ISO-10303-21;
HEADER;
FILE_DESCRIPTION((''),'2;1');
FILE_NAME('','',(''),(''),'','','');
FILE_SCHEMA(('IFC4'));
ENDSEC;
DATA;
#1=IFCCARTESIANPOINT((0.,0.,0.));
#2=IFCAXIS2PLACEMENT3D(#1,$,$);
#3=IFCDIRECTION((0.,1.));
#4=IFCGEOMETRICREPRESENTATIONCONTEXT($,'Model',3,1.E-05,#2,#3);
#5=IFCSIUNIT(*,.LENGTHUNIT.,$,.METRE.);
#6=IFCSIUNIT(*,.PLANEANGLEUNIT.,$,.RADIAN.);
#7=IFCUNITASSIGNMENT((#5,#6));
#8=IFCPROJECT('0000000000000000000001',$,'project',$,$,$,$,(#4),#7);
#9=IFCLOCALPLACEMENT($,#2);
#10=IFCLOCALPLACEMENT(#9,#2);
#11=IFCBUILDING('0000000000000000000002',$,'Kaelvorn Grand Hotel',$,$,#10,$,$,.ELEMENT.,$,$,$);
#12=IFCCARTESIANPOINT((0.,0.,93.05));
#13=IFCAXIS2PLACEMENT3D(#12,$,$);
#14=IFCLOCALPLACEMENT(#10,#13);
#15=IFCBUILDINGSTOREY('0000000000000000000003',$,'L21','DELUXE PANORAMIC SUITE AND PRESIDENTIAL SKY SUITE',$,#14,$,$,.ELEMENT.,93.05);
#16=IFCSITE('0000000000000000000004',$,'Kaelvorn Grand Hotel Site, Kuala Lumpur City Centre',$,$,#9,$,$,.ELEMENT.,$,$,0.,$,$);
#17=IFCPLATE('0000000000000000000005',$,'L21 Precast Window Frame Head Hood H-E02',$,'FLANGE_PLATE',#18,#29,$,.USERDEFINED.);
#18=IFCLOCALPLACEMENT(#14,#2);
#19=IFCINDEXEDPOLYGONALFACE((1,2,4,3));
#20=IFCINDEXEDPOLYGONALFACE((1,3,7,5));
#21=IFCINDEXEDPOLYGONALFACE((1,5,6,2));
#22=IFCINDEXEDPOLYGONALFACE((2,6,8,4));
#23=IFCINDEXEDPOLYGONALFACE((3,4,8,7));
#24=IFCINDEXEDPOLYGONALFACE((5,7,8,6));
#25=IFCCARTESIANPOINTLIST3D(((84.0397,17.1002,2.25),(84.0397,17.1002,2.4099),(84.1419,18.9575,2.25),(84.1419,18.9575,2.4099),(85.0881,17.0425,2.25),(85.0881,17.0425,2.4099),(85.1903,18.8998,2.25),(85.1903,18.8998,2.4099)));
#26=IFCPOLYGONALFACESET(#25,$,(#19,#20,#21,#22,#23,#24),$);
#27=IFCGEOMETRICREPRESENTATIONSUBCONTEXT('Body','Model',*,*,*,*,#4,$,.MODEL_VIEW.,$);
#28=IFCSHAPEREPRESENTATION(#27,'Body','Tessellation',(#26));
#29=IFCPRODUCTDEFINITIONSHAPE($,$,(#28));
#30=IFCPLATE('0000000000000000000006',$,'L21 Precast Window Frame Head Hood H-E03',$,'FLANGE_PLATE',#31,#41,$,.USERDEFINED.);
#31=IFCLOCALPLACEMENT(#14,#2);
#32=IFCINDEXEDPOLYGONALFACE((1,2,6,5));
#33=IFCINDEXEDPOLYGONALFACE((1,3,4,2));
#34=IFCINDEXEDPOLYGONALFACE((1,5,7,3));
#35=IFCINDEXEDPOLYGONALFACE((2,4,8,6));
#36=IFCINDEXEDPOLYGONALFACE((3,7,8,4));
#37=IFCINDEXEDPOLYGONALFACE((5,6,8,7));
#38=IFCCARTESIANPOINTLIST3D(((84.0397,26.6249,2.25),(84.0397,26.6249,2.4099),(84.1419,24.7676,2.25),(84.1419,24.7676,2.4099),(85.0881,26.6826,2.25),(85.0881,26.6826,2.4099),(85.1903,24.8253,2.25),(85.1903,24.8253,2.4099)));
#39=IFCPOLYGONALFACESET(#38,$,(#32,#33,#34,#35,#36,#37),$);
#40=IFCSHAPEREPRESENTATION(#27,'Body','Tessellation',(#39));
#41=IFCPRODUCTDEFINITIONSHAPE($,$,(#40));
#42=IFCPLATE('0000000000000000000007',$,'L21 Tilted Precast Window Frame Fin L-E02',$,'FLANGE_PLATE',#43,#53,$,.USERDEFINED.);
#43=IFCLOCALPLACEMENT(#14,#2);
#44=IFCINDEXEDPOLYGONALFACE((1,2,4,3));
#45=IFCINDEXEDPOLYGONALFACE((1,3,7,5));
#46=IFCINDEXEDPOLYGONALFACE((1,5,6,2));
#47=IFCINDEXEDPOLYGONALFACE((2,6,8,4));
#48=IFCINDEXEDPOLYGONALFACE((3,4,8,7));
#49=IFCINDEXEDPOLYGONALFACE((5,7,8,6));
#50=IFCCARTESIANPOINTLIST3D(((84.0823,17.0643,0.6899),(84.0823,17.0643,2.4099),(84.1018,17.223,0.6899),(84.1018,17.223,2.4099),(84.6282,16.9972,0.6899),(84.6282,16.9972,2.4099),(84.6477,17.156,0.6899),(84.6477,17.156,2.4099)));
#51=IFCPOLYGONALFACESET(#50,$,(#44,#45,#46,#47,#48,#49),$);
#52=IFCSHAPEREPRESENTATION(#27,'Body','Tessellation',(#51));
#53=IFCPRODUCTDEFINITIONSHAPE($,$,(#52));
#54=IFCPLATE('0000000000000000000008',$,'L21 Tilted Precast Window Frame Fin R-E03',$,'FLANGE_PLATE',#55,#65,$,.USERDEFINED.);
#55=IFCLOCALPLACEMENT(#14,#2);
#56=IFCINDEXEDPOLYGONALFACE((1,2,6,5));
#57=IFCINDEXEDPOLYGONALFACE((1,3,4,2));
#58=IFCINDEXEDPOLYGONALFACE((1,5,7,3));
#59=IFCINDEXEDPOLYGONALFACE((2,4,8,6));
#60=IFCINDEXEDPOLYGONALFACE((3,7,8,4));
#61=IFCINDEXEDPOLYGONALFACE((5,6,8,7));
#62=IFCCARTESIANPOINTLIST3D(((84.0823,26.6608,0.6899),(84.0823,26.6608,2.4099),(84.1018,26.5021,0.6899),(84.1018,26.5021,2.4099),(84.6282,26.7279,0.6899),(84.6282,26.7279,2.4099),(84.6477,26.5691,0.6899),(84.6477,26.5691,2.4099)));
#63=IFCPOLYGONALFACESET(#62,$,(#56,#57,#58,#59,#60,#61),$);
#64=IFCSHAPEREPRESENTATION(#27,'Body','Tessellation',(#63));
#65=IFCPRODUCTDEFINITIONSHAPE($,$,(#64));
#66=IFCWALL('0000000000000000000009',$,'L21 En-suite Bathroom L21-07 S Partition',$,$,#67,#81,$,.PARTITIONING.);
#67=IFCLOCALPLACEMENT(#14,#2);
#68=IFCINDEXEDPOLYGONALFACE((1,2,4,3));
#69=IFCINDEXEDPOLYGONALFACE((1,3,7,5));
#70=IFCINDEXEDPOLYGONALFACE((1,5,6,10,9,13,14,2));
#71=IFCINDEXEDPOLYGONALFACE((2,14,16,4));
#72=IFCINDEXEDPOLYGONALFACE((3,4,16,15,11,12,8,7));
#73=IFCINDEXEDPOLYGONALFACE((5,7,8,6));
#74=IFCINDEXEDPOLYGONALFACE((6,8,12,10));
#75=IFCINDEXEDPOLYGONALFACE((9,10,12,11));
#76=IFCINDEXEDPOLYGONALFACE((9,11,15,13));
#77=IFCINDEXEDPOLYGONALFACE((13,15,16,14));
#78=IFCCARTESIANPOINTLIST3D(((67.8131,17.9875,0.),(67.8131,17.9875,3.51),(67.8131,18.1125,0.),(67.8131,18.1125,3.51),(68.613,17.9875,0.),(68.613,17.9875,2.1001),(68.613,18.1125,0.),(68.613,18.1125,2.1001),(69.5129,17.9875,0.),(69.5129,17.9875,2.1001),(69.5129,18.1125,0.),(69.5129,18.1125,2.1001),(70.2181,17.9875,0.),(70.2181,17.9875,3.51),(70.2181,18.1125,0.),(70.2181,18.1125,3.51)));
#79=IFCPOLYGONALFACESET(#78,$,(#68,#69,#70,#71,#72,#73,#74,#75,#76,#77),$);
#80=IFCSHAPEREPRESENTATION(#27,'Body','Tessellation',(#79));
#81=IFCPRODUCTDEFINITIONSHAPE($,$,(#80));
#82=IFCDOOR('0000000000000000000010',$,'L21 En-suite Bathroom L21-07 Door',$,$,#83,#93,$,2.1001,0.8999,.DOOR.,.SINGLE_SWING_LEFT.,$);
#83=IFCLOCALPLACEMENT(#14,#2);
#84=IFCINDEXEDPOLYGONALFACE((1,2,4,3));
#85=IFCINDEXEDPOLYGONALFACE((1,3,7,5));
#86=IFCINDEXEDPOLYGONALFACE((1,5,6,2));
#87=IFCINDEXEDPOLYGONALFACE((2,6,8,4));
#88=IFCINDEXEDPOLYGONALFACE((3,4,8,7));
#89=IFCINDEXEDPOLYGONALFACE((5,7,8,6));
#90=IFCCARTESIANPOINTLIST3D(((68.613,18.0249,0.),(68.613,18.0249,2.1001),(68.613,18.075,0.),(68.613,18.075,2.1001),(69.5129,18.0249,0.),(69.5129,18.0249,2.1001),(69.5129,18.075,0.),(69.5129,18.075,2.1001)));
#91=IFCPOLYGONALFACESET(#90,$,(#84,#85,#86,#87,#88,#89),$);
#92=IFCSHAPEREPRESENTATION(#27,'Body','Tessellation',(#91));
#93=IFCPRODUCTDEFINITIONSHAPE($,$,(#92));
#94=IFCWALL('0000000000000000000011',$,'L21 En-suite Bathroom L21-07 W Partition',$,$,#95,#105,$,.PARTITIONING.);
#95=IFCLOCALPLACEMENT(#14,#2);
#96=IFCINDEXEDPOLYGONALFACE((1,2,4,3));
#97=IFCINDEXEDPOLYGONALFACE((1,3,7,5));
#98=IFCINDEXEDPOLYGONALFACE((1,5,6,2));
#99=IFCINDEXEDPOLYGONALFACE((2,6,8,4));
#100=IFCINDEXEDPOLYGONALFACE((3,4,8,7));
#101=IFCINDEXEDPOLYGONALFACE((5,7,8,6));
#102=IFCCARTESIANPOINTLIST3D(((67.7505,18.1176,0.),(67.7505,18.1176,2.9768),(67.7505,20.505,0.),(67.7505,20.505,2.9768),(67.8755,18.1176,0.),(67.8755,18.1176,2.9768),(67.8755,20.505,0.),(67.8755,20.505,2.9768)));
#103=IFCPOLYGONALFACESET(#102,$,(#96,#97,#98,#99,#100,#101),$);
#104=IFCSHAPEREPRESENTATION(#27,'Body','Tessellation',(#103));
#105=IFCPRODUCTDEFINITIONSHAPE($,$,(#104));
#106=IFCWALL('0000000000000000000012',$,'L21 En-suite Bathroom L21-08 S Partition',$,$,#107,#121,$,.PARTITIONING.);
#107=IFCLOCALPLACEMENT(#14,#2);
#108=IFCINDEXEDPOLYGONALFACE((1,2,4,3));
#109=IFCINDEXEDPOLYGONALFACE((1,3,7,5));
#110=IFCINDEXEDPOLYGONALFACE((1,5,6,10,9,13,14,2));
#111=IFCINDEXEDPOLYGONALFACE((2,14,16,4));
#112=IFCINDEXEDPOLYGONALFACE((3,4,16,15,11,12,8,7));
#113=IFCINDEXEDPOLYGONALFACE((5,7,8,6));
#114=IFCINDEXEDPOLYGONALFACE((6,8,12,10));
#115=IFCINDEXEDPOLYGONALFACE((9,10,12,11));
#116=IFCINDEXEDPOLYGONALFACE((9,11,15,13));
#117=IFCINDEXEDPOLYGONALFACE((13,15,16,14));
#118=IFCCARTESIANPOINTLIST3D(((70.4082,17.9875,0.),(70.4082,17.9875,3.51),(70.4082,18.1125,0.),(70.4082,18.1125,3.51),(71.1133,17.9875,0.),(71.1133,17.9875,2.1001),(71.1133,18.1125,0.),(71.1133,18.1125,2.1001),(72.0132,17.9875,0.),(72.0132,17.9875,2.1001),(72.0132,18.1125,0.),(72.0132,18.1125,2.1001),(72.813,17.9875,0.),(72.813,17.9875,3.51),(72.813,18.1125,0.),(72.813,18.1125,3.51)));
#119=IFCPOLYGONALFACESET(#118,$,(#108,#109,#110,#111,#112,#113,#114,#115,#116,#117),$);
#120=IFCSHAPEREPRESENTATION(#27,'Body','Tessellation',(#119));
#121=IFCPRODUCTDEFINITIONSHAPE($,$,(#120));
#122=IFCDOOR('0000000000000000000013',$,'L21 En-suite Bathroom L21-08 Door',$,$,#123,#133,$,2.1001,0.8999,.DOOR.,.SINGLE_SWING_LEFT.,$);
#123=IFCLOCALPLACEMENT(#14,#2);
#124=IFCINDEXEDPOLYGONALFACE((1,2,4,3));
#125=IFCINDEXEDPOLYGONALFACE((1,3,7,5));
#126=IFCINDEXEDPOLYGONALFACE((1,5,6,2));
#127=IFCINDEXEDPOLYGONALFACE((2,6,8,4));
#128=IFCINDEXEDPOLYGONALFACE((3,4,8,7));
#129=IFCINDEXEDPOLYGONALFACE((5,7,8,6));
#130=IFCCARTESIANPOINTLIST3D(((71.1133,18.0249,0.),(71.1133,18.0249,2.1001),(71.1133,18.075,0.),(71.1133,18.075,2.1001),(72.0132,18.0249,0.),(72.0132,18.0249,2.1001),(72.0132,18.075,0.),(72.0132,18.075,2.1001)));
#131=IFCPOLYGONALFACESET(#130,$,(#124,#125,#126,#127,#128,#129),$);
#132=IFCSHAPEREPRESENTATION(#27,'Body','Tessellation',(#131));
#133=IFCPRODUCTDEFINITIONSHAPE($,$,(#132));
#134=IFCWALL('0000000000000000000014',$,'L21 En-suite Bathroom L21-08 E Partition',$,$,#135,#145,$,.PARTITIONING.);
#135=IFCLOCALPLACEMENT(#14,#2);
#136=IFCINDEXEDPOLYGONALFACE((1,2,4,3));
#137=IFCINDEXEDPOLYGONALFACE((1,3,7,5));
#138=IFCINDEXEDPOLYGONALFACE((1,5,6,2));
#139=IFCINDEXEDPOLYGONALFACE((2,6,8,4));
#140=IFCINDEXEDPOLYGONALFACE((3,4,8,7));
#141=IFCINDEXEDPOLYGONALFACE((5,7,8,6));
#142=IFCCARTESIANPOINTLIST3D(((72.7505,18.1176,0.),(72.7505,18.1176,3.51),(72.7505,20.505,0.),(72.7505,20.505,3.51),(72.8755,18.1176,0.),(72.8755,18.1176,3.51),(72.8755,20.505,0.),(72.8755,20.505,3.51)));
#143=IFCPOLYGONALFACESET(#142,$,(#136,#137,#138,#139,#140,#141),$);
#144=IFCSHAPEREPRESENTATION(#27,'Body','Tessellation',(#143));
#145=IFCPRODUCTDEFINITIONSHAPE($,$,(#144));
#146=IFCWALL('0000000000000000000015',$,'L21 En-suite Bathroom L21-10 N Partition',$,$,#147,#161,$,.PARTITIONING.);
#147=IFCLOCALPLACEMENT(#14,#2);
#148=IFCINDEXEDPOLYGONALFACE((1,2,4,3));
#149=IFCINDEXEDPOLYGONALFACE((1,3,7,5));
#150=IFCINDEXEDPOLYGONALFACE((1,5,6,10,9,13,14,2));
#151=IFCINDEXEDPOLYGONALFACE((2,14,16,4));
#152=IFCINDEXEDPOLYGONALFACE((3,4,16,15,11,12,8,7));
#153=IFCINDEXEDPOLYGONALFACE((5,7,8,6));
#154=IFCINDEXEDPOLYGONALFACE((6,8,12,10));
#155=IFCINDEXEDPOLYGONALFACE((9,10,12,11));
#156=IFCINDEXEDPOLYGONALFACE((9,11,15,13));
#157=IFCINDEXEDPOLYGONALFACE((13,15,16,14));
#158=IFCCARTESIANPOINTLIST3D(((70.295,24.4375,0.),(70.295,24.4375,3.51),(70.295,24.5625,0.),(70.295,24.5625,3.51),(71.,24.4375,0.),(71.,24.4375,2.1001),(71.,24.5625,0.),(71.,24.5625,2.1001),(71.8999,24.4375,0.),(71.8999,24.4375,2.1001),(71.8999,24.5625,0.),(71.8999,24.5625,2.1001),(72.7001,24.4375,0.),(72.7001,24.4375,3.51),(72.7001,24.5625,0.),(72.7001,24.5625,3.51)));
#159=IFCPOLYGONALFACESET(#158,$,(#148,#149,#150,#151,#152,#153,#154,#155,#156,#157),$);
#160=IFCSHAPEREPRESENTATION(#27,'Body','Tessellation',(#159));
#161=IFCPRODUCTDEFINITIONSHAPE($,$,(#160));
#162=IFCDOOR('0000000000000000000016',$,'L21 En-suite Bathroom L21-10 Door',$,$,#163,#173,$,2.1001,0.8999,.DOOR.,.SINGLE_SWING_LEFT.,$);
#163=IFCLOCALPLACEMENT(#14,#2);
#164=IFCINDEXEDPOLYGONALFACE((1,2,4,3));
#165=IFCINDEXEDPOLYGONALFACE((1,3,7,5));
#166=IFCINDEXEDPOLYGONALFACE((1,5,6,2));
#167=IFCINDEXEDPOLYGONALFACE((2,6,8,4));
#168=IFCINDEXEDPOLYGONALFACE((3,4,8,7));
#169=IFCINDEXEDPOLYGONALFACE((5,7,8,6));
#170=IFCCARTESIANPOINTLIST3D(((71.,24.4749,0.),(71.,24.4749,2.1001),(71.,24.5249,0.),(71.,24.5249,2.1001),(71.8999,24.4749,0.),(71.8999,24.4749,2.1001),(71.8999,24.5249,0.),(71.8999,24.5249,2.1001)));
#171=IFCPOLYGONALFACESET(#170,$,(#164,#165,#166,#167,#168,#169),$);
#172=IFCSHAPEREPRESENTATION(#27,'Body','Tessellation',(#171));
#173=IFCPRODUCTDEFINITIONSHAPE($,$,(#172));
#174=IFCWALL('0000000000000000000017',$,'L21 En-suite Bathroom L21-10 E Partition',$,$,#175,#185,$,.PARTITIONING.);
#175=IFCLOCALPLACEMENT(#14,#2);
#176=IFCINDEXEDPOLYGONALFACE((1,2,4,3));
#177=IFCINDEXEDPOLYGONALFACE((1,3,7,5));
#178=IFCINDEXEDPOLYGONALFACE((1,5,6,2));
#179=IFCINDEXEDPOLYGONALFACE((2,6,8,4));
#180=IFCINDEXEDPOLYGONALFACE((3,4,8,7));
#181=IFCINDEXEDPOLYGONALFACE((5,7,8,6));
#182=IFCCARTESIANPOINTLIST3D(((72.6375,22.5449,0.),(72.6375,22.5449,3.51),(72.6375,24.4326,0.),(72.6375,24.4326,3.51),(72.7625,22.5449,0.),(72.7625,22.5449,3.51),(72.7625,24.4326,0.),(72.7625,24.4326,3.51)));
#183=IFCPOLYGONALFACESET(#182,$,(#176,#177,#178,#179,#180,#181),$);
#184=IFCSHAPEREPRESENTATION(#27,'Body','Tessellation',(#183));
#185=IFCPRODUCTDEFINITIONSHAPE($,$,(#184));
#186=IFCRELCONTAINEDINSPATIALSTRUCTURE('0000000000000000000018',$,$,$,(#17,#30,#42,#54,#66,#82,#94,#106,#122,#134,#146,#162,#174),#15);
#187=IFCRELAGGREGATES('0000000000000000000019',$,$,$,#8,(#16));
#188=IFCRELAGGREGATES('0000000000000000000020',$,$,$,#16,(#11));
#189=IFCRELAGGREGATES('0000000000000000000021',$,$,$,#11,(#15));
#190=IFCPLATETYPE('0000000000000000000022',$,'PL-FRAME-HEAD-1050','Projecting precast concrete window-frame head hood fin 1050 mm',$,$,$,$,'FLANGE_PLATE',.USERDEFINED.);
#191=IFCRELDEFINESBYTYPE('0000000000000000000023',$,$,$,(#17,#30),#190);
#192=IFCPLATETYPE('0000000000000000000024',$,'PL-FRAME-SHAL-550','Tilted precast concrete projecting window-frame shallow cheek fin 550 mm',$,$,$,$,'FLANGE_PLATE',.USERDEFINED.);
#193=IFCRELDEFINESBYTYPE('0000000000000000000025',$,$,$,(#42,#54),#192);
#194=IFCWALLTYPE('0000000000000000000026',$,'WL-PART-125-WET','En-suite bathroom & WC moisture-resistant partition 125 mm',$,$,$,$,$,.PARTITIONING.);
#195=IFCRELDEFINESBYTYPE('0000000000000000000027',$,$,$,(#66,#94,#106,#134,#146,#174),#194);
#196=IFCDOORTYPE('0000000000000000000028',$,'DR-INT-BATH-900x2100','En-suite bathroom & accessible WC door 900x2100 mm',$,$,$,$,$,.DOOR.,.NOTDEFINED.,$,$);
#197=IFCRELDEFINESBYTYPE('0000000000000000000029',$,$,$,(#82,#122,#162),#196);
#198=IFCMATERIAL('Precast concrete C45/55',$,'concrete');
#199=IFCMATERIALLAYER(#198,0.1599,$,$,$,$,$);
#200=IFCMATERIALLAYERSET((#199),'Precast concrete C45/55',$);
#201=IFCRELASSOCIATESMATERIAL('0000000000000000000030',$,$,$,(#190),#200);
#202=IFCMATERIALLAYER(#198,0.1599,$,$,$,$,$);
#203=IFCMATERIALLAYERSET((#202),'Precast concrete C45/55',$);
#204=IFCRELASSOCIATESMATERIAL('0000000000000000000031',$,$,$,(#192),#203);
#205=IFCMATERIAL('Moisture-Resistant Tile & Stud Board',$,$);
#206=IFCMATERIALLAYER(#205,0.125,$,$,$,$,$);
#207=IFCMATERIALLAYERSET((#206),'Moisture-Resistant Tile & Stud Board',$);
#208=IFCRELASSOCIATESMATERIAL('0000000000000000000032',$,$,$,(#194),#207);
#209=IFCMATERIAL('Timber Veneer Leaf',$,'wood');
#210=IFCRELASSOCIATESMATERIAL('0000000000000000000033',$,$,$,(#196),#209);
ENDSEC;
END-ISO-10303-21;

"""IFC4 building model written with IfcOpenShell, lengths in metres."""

from ifc_helpers import new_model, si_unit, direction, frame, frame_2d, origin, origin_2d, place, context, subcontext, project, spatial, rectangle, extrude, material, layer, layer_set, type_object, element, fill, save


model = new_model("IFC4")

# Units and contexts
model_context = context("Model", 3, precision=1e-05, world=origin(), true_north=direction((0.0, 1.0)))
body_context = subcontext(model_context, "Body", "Model", "MODEL_VIEW")
ifc_project = project(units=[si_unit("LENGTHUNIT", "METRE"), si_unit("PLANEANGLEUNIT", "RADIAN")], contexts=[model_context])

# Site, building, storey
site_placement = place(None, origin())
site = spatial("IfcSite", under=ifc_project, at=site_placement, Name="Kaelvorn Grand Hotel Site, Kuala Lumpur City Centre", CompositionType="ELEMENT", RefElevation=0.0)
building_placement = place(site_placement, origin())
building = spatial("IfcBuilding", under=site, at=building_placement, Name="Kaelvorn Grand Hotel", CompositionType="ELEMENT")
storey_placement = place(building_placement, frame((0.0, 0.0, 93.05)))
storey = spatial("IfcBuildingStorey", under=building, at=storey_placement, Name="L21", Description="DELUXE PANORAMIC SUITE AND PRESIDENTIAL SKY SUITE", CompositionType="ELEMENT", Elevation=93.05)

# Plates
ifc_material_1 = material(Name="Precast concrete C45/55", Category="concrete")
ifc_layer_1 = layer(ifc_material_1, 0.1599)
ifc_layer_set_1 = layer_set([ifc_layer_1], Name="Precast concrete C45/55")
plate_type_1 = type_object("IfcPlateType", Name="PL-FRAME-HEAD-1050", Description="Projecting precast concrete window-frame head hood fin 1050 mm", ElementType="FLANGE_PLATE", PredefinedType="USERDEFINED", material=ifc_layer_set_1)
for number, where, z_axis, x_axis, name in (
    (1, (84.615, 18.0, 2.25), (0.0, 0.0, 1.0), (0.05495, 0.998489, 0.0), "L21 Precast Window Frame Head Hood H-E02"),
    (2, (84.615, 25.7251, 2.25), (0.0, 0.0, 1.0), (-0.05495, 0.998489, 0.0), "L21 Precast Window Frame Head Hood H-E03"),
):
    element("IfcPlate", number, at=place(storey_placement, frame(where, z_axis=z_axis, x_axis=x_axis)), inside=storey, type_object=plate_type_1, Name=name, ObjectType="FLANGE_PLATE", PredefinedType="USERDEFINED", context=body_context, shape_type="SweptSolid", body=[
        extrude(rectangle(XDim=1.8601, YDim=1.05, at=origin_2d()), origin(), (0.0, 0.0, 1.0), 0.1599),
    ])
ifc_layer_2 = layer(ifc_material_1, 0.1599)
ifc_layer_set_2 = layer_set([ifc_layer_2], Name="Precast concrete C45/55")
plate_type_2 = type_object("IfcPlateType", Name="PL-FRAME-SHAL-550", Description="Tilted precast concrete projecting window-frame shallow cheek fin 550 mm", ElementType="FLANGE_PLATE", PredefinedType="USERDEFINED", material=ifc_layer_set_2)
for number, where, z_axis, x_axis, name in (
    (3, (84.365, 17.1101, 0.6899), (0.0, 0.0, 1.0), (0.121869, 0.992546, 0.0), "L21 Tilted Precast Window Frame Fin L-E02"),
    (4, (84.365, 26.615, 0.6899), (0.0, 0.0, 1.0), (-0.121869, 0.992546, 0.0), "L21 Tilted Precast Window Frame Fin R-E03"),
):
    element("IfcPlate", number, at=place(storey_placement, frame(where, z_axis=z_axis, x_axis=x_axis)), inside=storey, type_object=plate_type_2, Name=name, ObjectType="FLANGE_PLATE", PredefinedType="USERDEFINED", context=body_context, shape_type="SweptSolid", body=[
        extrude(rectangle(XDim=0.1599, YDim=0.55, at=origin_2d()), origin(), (0.0, 0.0, 1.0), 1.72),
    ])

# Wall, opening, door
ifc_material_2 = material(Name="Moisture-Resistant Tile & Stud Board")
ifc_layer_3 = layer(ifc_material_2, 0.125)
ifc_layer_set_3 = layer_set([ifc_layer_3], Name="Moisture-Resistant Tile & Stud Board")
wall_type_1 = type_object("IfcWallType", Name="WL-PART-125-WET", Description="En-suite bathroom & WC moisture-resistant partition 125 mm", PredefinedType="PARTITIONING", material=ifc_layer_set_3)
wall_1_placement = place(storey_placement, frame((67.813, 18.05, 0.0), z_axis=(0.0, 0.0, 1.0), x_axis=(1.0, 0.0, 0.0)))
wall_1 = element("IfcWall", 5, at=wall_1_placement, inside=storey, type_object=wall_type_1, Name="L21 En-suite Bathroom L21-07 S Partition", PredefinedType="PARTITIONING", context=body_context, shape_type="SweptSolid", body=[
    extrude(rectangle(XDim=2.405, YDim=0.125, at=frame_2d((1.2026, 0.0))), origin(), (0.0, 0.0, 1.0), 3.51),
])
opening_1_placement = place(wall_1_placement, frame((0.8, 0.0, 0.0)))
opening_1 = element("IfcOpeningElement", 6, at=opening_1_placement, cuts=wall_1, PredefinedType="OPENING", context=body_context, shape_type="SweptSolid", body=[
    extrude(rectangle(XDim=0.8999, YDim=2.1001, at=frame_2d((0.45, 1.05))), frame((0.0, 0.0725, 0.0), z_axis=(0.0, -1.0, 0.0), x_axis=(1.0, 0.0, 0.0)), (0.0, 0.0, 1.0), 0.145),
])
ifc_material_3 = material(Name="Timber Veneer Leaf", Category="wood")
door_type_1 = type_object("IfcDoorType", Name="DR-INT-BATH-900x2100", Description="En-suite bathroom & accessible WC door 900x2100 mm", OperationType="NOTDEFINED", PredefinedType="DOOR", material=ifc_material_3)
door_1_placement = place(opening_1_placement, origin())
door_1 = element("IfcDoor", 7, at=door_1_placement, inside=storey, type_object=door_type_1, Name="L21 En-suite Bathroom L21-07 Door", OperationType="SINGLE_SWING_LEFT", OverallHeight=2.1001, OverallWidth=0.8999, PredefinedType="DOOR", context=body_context, shape_type="SweptSolid", body=[
    extrude(rectangle(XDim=0.8999, YDim=2.1001, at=frame_2d((0.45, 1.05))), frame((0.0, 0.0249, 0.0), z_axis=(0.0, -1.0, 0.0), x_axis=(1.0, 0.0, 0.0)), (0.0, 0.0, 1.0), 0.05),
])
fill(opening_1, door_1)

# Wall
wall_2_placement = place(storey_placement, frame((67.813, 18.1174, 0.0), z_axis=(0.0, 0.0, 1.0), x_axis=(0.0, 1.0, 0.0)))
element("IfcWall", 8, at=wall_2_placement, inside=storey, type_object=wall_type_1, Name="L21 En-suite Bathroom L21-07 W Partition", PredefinedType="PARTITIONING", context=body_context, shape_type="SweptSolid", body=[
    extrude(rectangle(XDim=2.3875, YDim=0.125, at=frame_2d((1.1938, 0.0))), origin(), (0.0, 0.0, 1.0), 2.9768),
])

# Wall, opening, door
wall_3_placement = place(storey_placement, frame((70.4082, 18.05, 0.0), z_axis=(0.0, 0.0, 1.0), x_axis=(1.0, 0.0, 0.0)))
wall_3 = element("IfcWall", 9, at=wall_3_placement, inside=storey, type_object=wall_type_1, Name="L21 En-suite Bathroom L21-08 S Partition", PredefinedType="PARTITIONING", context=body_context, shape_type="SweptSolid", body=[
    extrude(rectangle(XDim=2.4048, YDim=0.125, at=frame_2d((1.2024, 0.0))), origin(), (0.0, 0.0, 1.0), 3.51),
])
opening_2_placement = place(wall_3_placement, frame((0.7051, 0.0, 0.0)))
opening_2 = element("IfcOpeningElement", 10, at=opening_2_placement, cuts=wall_3, PredefinedType="OPENING", context=body_context, shape_type="SweptSolid", body=[
    extrude(rectangle(XDim=0.8999, YDim=2.1001, at=frame_2d((0.45, 1.05))), frame((0.0, 0.0725, 0.0), z_axis=(0.0, -1.0, 0.0), x_axis=(1.0, 0.0, 0.0)), (0.0, 0.0, 1.0), 0.145),
])
door_2_placement = place(opening_2_placement, origin())
door_2 = element("IfcDoor", 11, at=door_2_placement, inside=storey, type_object=door_type_1, Name="L21 En-suite Bathroom L21-08 Door", OperationType="SINGLE_SWING_LEFT", OverallHeight=2.1001, OverallWidth=0.8999, PredefinedType="DOOR", context=body_context, shape_type="SweptSolid", body=[
    extrude(rectangle(XDim=0.8999, YDim=2.1001, at=frame_2d((0.45, 1.05))), frame((0.0, 0.0249, 0.0), z_axis=(0.0, -1.0, 0.0), x_axis=(1.0, 0.0, 0.0)), (0.0, 0.0, 1.0), 0.05),
])
fill(opening_2, door_2)

# Wall
wall_4_placement = place(storey_placement, frame((72.813, 18.1174, 0.0), z_axis=(0.0, 0.0, 1.0), x_axis=(0.0, 1.0, 0.0)))
element("IfcWall", 12, at=wall_4_placement, inside=storey, type_object=wall_type_1, Name="L21 En-suite Bathroom L21-08 E Partition", PredefinedType="PARTITIONING", context=body_context, shape_type="SweptSolid", body=[
    extrude(rectangle(XDim=2.3875, YDim=0.125, at=frame_2d((1.1938, 0.0))), origin(), (0.0, 0.0, 1.0), 3.51),
])

# Wall, opening, door
wall_5_placement = place(storey_placement, frame((70.2949, 24.5, 0.0), z_axis=(0.0, 0.0, 1.0), x_axis=(1.0, 0.0, 0.0)))
wall_5 = element("IfcWall", 13, at=wall_5_placement, inside=storey, type_object=wall_type_1, Name="L21 En-suite Bathroom L21-10 N Partition", PredefinedType="PARTITIONING", context=body_context, shape_type="SweptSolid", body=[
    extrude(rectangle(XDim=2.405, YDim=0.125, at=frame_2d((1.2026, 0.0))), origin(), (0.0, 0.0, 1.0), 3.51),
])
opening_3_placement = place(wall_5_placement, frame((0.7051, 0.0, 0.0)))
opening_3 = element("IfcOpeningElement", 14, at=opening_3_placement, cuts=wall_5, PredefinedType="OPENING", context=body_context, shape_type="SweptSolid", body=[
    extrude(rectangle(XDim=0.8999, YDim=2.1001, at=frame_2d((0.45, 1.05))), frame((0.0, 0.0725, 0.0), z_axis=(0.0, -1.0, 0.0), x_axis=(1.0, 0.0, 0.0)), (0.0, 0.0, 1.0), 0.145),
])
door_3_placement = place(opening_3_placement, origin())
door_3 = element("IfcDoor", 15, at=door_3_placement, inside=storey, type_object=door_type_1, Name="L21 En-suite Bathroom L21-10 Door", OperationType="SINGLE_SWING_LEFT", OverallHeight=2.1001, OverallWidth=0.8999, PredefinedType="DOOR", context=body_context, shape_type="SweptSolid", body=[
    extrude(rectangle(XDim=0.8999, YDim=2.1001, at=frame_2d((0.45, 1.05))), frame((0.0, 0.0249, 0.0), z_axis=(0.0, -1.0, 0.0), x_axis=(1.0, 0.0, 0.0)), (0.0, 0.0, 1.0), 0.05),
])
fill(opening_3, door_3)

# Wall
wall_6_placement = place(storey_placement, frame((72.7, 22.5449, 0.0), z_axis=(0.0, 0.0, 1.0), x_axis=(0.0, 1.0, 0.0)))
element("IfcWall", 16, at=wall_6_placement, inside=storey, type_object=wall_type_1, Name="L21 En-suite Bathroom L21-10 E Partition", PredefinedType="PARTITIONING", context=body_context, shape_type="SweptSolid", body=[
    extrude(rectangle(XDim=1.8877, YDim=0.125, at=frame_2d((0.9438, 0.0))), origin(), (0.0, 0.0, 1.0), 3.51),
])

save(model, "model.ifc")
